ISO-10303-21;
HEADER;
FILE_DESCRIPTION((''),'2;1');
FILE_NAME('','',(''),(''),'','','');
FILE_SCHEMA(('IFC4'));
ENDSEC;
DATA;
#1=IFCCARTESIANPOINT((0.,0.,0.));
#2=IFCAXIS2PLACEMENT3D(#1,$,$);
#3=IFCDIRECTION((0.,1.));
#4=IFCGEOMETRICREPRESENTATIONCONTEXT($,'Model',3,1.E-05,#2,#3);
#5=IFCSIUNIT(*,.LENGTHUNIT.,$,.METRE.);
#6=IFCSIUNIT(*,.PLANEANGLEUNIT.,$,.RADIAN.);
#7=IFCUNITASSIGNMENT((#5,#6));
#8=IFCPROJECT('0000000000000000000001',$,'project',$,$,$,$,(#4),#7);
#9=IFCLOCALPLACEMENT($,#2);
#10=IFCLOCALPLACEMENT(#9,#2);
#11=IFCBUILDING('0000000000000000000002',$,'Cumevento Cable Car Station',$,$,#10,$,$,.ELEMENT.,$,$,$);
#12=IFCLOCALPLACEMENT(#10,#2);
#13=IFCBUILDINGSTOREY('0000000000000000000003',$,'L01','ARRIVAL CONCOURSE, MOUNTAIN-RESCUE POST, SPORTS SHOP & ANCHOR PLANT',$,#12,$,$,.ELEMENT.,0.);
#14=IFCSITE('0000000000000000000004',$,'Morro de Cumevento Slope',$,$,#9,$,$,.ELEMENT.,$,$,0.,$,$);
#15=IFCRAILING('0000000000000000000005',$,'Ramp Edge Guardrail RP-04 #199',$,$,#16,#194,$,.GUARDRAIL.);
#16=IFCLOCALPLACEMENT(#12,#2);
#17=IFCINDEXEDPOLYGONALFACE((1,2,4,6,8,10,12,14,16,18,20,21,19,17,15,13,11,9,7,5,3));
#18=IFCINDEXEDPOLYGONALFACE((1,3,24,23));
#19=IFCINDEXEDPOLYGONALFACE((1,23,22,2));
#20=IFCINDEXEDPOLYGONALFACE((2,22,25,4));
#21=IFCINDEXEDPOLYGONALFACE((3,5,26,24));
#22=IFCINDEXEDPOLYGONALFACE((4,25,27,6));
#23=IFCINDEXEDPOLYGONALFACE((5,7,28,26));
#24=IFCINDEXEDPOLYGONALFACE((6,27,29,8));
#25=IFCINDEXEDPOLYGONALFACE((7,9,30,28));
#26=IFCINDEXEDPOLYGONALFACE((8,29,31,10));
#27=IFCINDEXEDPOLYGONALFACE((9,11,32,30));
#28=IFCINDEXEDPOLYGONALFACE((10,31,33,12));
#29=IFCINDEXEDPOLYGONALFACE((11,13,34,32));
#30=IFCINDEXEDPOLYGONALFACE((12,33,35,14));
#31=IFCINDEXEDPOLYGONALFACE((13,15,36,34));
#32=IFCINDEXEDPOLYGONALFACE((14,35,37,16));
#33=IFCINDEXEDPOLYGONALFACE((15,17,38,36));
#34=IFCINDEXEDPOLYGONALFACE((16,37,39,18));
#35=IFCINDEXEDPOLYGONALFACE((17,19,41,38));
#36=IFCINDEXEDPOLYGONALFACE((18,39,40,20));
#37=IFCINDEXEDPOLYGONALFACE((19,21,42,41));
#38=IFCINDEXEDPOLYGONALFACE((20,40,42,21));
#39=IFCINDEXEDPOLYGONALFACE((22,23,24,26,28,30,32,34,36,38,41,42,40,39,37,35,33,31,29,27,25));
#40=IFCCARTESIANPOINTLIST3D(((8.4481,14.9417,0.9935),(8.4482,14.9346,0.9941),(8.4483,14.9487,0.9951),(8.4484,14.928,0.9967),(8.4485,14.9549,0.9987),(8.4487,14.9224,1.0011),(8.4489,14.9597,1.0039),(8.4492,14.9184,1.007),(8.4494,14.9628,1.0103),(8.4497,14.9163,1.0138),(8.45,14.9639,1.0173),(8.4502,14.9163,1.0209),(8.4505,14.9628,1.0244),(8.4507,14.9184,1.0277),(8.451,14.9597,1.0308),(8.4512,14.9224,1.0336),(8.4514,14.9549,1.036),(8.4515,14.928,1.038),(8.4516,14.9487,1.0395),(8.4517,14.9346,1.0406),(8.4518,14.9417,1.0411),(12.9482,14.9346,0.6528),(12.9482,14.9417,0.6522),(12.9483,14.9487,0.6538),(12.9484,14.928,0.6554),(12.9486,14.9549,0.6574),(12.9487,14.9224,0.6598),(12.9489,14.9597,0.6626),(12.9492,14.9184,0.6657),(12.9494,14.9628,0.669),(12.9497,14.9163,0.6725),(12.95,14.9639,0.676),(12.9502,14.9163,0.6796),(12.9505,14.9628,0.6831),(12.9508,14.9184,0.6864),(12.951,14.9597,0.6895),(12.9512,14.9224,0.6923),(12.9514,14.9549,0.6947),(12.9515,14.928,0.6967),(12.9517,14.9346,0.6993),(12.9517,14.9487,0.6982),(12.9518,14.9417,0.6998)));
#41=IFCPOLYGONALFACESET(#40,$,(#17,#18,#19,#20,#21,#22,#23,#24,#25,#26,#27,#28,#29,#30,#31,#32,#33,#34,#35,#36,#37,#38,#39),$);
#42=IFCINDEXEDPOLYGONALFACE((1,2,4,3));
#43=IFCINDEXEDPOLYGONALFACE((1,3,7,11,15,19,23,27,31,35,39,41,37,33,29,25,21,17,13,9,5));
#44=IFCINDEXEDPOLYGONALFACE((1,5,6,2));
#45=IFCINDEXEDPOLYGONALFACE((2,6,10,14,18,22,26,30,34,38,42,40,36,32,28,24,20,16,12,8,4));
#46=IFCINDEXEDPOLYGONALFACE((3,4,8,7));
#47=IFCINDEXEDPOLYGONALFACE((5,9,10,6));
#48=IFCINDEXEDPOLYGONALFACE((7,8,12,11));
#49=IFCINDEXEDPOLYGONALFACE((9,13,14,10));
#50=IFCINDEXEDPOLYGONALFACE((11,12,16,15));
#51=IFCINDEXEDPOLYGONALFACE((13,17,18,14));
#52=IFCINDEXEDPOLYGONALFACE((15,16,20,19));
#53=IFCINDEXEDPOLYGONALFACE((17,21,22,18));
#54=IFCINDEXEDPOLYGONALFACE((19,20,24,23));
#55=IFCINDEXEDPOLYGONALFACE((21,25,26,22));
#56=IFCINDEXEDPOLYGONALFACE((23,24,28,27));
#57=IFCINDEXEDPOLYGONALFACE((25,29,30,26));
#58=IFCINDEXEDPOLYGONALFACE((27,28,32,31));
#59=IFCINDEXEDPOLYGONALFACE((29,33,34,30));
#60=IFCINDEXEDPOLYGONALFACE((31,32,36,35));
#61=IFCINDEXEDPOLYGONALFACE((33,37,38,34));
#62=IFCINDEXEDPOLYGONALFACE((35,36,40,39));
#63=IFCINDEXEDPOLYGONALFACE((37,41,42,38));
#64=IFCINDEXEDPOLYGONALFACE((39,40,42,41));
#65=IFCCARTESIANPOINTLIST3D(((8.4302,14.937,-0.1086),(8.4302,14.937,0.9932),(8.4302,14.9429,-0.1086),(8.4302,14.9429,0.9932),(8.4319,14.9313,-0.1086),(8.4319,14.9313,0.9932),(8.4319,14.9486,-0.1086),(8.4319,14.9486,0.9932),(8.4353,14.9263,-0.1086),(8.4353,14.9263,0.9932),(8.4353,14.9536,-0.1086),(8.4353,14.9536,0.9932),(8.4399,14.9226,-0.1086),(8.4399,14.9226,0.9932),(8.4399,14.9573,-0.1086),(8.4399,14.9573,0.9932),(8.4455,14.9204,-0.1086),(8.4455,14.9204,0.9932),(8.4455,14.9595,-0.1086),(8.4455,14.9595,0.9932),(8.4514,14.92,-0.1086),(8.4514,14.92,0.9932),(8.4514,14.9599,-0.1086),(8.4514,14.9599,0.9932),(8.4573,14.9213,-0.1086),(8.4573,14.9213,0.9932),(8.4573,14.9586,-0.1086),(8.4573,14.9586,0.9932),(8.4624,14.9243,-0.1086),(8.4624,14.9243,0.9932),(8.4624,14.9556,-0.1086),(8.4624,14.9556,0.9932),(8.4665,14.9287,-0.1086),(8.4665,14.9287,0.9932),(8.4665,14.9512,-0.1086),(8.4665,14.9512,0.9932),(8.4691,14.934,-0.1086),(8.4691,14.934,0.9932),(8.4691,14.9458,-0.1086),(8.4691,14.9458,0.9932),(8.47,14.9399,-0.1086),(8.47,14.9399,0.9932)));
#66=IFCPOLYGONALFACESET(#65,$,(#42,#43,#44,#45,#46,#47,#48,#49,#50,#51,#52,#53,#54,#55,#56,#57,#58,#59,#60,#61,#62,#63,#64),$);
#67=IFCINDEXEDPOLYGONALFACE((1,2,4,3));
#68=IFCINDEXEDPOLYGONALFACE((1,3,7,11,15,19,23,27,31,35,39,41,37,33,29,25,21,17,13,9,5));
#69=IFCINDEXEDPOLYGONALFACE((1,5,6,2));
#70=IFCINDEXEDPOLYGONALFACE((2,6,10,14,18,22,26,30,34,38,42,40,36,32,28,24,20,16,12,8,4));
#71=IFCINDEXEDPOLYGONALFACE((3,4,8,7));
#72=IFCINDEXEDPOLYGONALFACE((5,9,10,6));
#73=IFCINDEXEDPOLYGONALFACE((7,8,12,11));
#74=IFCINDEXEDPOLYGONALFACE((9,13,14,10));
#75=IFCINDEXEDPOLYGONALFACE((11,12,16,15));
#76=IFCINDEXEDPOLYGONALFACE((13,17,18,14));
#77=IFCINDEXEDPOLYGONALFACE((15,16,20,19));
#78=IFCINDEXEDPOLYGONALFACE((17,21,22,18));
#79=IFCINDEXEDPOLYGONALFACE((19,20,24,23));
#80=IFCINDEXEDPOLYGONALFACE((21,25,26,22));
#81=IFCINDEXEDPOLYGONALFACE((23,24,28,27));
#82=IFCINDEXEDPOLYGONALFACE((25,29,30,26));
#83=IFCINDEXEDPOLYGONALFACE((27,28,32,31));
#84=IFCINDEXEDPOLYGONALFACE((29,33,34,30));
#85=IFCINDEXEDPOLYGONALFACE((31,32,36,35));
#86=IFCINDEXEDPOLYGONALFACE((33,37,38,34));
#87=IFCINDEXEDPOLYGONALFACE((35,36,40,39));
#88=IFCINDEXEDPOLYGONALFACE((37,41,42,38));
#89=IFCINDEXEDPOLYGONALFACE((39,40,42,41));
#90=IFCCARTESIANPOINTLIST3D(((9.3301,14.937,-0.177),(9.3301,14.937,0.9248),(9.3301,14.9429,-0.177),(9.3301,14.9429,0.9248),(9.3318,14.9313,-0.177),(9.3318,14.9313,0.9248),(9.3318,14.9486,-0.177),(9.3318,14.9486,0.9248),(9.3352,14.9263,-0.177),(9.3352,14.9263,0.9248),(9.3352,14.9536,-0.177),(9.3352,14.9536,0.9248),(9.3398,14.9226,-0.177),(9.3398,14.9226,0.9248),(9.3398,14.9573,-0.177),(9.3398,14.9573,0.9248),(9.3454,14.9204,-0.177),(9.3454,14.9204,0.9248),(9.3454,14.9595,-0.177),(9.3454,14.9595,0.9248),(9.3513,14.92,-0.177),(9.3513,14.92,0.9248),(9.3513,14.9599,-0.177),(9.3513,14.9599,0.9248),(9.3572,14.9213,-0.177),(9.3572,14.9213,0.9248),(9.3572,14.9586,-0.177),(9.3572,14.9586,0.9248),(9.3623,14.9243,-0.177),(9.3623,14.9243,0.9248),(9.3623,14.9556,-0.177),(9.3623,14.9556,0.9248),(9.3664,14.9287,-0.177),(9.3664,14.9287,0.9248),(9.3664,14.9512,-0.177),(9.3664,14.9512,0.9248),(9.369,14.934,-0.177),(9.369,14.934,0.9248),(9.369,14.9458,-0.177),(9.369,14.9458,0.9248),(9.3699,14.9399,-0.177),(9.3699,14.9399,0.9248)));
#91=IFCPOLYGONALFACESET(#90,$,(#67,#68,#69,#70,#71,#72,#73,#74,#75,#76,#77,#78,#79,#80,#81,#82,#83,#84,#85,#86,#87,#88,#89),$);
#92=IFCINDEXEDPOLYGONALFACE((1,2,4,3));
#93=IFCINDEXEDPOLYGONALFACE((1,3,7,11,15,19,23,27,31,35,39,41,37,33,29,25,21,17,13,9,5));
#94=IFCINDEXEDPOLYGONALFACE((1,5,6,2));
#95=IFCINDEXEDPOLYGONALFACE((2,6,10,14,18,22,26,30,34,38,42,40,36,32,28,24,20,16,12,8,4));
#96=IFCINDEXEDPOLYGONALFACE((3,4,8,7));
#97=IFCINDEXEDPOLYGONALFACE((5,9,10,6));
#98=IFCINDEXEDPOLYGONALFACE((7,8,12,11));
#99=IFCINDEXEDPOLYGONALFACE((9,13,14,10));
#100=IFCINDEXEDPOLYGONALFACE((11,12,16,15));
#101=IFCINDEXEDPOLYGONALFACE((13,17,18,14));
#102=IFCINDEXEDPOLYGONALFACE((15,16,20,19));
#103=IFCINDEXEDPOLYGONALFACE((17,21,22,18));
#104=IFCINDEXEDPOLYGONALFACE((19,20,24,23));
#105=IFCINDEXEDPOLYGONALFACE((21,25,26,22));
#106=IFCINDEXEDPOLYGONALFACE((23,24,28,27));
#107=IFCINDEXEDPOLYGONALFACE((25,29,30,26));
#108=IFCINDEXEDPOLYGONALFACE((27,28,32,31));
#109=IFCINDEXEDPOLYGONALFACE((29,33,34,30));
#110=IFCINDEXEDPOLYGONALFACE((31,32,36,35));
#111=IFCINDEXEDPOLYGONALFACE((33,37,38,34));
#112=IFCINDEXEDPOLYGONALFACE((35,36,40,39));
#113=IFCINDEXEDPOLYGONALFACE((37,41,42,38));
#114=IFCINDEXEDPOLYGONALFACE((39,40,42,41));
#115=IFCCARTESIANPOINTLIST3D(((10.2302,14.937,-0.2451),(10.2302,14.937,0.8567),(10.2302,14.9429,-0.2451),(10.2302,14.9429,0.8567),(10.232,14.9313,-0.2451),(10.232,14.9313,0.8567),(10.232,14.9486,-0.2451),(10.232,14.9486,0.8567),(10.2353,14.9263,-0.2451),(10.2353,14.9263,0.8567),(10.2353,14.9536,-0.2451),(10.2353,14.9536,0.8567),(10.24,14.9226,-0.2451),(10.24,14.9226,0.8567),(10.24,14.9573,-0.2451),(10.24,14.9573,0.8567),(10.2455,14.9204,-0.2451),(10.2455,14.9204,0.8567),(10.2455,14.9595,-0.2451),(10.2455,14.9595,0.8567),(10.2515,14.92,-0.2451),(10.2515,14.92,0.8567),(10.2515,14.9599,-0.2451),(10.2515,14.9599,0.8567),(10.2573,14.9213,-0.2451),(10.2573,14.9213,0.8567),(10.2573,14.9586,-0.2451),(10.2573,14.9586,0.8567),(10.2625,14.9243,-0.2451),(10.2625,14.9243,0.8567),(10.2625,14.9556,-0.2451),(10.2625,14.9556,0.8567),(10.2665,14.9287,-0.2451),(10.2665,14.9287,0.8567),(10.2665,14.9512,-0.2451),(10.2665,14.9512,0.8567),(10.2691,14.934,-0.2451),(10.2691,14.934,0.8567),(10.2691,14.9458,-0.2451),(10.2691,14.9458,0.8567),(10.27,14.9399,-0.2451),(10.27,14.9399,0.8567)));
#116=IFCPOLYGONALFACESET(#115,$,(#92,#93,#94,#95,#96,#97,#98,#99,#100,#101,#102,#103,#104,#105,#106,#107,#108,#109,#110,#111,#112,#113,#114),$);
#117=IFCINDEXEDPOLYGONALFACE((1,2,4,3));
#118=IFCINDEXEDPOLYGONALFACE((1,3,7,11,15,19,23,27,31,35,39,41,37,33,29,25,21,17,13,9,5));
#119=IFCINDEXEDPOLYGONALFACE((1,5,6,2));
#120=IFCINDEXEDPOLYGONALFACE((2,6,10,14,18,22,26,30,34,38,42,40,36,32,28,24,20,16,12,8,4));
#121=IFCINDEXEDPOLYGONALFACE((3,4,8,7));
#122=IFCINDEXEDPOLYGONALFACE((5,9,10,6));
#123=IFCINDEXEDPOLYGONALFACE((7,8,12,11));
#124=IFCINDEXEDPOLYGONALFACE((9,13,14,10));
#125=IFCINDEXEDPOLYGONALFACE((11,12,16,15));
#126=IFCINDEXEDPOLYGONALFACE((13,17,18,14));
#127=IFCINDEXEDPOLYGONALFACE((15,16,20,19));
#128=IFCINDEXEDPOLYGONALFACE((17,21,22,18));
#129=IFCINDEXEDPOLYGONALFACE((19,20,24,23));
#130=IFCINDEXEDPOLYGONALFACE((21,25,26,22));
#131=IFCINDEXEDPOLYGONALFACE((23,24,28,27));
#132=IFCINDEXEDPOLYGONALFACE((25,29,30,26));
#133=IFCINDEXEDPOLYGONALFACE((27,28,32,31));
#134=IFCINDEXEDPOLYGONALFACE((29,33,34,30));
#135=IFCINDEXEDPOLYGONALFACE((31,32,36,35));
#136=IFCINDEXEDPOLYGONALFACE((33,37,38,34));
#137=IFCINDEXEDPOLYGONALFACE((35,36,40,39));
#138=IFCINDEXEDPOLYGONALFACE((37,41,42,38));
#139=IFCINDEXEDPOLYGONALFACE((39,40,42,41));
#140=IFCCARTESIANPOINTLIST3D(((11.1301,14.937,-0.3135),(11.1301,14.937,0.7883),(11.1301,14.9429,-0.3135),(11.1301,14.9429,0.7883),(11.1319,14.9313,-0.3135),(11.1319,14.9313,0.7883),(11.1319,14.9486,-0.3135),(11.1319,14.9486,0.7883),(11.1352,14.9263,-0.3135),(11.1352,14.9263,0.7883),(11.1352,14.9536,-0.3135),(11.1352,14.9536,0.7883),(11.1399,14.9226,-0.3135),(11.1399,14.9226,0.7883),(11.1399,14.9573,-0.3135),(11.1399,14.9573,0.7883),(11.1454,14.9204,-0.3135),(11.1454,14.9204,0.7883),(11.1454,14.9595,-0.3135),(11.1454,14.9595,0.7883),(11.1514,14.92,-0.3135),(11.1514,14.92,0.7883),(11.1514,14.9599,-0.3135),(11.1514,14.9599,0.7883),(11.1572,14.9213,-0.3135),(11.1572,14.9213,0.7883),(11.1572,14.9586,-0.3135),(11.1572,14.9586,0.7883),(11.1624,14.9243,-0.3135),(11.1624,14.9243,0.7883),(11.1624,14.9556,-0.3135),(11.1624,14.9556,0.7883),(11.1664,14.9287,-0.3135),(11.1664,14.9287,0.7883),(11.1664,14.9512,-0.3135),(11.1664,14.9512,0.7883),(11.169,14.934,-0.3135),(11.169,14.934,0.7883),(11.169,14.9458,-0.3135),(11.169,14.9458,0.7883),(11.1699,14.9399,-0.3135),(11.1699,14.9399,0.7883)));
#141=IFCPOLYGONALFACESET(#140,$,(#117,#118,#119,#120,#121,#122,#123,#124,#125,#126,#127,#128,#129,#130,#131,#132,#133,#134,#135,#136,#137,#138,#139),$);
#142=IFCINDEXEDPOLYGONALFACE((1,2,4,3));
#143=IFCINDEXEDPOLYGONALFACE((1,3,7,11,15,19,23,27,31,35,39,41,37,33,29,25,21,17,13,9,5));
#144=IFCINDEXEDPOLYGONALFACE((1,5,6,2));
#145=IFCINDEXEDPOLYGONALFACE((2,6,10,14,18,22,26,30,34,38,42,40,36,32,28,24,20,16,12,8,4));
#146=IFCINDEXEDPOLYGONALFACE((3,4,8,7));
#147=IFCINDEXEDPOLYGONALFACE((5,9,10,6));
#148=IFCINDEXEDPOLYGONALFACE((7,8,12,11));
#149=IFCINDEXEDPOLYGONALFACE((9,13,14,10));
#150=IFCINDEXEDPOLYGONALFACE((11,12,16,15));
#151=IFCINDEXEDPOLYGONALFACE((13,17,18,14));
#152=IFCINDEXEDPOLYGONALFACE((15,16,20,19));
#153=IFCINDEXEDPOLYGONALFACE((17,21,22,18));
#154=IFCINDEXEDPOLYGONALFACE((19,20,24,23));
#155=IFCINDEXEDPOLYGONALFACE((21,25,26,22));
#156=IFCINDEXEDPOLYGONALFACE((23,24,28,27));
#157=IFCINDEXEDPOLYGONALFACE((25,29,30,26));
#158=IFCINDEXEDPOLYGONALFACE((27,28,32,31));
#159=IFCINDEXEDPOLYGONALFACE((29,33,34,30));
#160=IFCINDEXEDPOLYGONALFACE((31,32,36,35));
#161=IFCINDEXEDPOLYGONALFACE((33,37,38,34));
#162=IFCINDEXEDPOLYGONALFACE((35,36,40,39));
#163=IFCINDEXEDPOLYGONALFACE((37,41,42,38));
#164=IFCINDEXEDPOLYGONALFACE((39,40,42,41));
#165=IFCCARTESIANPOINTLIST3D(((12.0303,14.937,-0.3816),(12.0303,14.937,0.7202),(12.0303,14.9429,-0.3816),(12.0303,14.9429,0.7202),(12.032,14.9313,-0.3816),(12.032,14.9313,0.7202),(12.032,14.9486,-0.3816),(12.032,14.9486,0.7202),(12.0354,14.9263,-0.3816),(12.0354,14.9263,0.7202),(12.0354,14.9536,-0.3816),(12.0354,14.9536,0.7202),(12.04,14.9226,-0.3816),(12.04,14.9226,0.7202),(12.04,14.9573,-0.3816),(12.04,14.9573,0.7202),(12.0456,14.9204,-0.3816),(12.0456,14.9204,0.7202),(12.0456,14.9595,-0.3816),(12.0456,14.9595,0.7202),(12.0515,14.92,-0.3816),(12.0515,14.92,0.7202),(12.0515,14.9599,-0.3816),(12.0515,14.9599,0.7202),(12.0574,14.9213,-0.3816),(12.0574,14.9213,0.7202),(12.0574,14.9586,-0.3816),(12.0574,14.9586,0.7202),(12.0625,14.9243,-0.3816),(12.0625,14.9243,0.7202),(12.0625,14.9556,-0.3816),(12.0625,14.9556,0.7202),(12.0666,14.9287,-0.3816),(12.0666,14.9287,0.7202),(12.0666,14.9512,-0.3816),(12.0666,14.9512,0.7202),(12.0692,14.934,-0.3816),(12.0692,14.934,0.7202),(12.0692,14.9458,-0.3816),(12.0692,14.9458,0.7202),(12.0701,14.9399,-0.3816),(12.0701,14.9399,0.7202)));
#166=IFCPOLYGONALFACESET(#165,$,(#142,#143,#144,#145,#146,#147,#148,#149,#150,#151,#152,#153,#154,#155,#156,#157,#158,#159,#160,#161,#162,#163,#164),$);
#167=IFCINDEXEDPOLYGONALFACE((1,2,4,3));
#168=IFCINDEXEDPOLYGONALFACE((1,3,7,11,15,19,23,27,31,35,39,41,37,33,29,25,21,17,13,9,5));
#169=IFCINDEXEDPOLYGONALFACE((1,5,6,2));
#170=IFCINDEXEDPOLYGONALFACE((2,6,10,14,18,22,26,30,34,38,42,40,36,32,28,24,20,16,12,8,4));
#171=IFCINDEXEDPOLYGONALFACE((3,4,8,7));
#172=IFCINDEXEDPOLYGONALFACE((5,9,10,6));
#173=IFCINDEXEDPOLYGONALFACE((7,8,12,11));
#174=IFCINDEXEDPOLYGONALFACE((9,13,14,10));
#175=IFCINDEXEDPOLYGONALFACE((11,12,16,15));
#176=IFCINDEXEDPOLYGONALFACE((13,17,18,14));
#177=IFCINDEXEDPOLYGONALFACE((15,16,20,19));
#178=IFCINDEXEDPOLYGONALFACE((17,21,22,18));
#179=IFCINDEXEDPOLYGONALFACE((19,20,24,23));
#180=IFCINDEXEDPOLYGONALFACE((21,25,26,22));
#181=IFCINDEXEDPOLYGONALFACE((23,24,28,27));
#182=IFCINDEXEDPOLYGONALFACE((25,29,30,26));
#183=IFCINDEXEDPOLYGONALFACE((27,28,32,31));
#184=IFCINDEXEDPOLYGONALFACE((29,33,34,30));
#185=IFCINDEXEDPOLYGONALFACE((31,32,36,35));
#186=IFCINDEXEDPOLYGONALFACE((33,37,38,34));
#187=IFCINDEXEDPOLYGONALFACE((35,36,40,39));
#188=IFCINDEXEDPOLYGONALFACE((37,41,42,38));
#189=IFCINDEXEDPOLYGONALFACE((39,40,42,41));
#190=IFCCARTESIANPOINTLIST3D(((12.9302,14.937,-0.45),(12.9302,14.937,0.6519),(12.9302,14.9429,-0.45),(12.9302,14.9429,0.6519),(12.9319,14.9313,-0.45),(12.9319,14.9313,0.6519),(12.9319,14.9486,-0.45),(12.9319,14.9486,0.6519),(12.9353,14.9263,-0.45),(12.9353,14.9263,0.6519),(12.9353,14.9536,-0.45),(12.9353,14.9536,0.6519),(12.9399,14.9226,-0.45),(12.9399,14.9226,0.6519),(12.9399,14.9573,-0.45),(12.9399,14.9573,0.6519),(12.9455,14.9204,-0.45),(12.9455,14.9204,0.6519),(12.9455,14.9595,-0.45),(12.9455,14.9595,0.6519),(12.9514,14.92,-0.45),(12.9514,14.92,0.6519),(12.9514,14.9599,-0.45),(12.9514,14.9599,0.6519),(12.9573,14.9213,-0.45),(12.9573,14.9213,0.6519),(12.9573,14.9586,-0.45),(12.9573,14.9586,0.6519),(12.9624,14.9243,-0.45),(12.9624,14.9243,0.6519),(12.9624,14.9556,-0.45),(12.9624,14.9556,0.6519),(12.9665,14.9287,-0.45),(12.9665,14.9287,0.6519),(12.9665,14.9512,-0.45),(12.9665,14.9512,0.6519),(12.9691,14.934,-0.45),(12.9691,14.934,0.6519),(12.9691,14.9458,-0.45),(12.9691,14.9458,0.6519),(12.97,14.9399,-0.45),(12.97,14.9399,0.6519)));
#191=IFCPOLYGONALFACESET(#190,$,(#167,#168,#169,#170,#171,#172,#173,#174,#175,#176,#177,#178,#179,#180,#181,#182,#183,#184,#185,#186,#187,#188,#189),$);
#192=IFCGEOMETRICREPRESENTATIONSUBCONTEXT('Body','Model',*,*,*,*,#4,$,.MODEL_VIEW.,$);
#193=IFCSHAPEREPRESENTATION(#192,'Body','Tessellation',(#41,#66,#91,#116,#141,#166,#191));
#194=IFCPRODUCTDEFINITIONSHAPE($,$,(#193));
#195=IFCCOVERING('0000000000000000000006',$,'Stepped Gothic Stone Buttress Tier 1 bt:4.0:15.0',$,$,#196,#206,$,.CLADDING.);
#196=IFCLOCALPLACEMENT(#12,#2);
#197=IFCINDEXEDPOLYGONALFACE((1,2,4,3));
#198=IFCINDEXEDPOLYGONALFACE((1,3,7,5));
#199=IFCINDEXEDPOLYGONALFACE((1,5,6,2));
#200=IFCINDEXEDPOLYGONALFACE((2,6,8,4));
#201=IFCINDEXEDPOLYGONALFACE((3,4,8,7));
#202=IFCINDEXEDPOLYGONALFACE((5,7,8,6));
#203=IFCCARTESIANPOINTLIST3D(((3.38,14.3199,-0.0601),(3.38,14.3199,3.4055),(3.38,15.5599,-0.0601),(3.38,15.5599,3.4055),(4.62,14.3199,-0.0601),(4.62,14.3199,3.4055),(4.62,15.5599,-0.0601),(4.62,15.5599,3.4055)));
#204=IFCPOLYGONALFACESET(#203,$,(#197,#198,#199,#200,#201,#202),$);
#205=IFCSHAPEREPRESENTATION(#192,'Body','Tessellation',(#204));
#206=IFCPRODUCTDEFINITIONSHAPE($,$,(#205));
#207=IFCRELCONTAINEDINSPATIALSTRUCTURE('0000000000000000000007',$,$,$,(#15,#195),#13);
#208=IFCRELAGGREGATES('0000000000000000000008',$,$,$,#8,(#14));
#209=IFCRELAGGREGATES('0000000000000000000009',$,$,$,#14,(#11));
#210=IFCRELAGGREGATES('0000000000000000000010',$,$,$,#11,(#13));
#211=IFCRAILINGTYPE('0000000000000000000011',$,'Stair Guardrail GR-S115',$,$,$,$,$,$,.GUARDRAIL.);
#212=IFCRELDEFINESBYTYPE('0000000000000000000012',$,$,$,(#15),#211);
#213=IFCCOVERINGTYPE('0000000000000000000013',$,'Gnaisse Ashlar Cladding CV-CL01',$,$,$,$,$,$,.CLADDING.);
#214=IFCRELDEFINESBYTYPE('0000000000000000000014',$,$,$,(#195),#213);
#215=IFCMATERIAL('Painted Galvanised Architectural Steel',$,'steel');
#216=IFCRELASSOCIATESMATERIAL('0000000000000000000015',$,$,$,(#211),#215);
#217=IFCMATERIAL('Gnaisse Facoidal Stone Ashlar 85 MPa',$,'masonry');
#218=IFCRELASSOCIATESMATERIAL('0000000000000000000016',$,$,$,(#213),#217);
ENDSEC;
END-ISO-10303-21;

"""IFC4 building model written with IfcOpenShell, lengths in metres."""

from ifc_helpers import new_model, si_unit, direction, frame, origin, origin_2d, place, context, subcontext, project, spatial, rectangle, circle, extrude, material, type_object, element, save


model = new_model("IFC4")

# Units and contexts
model_context = context("Model", 3, precision=1e-05, world=origin(), true_north=direction((0.0, 1.0)))
body_context = subcontext(model_context, "Body", "Model", "MODEL_VIEW")
ifc_project = project(units=[si_unit("LENGTHUNIT", "METRE"), si_unit("PLANEANGLEUNIT", "RADIAN")], contexts=[model_context])

# Site, building, storey
site_placement = place(None, origin())
site = spatial("IfcSite", under=ifc_project, at=site_placement, Name="Morro de Cumevento Slope", CompositionType="ELEMENT", RefElevation=0.0)
building_placement = place(site_placement, origin())
building = spatial("IfcBuilding", under=site, at=building_placement, Name="Cumevento Cable Car Station", CompositionType="ELEMENT")
storey_placement = place(building_placement, origin())
storey = spatial("IfcBuildingStorey", under=building, at=storey_placement, Name="L01", Description="ARRIVAL CONCOURSE, MOUNTAIN-RESCUE POST, SPORTS SHOP & ANCHOR PLANT", CompositionType="ELEMENT", Elevation=0.0)

# Railing
ifc_material_1 = material(Name="Painted Galvanised Architectural Steel", Category="steel")
railing_type = type_object("IfcRailingType", Name="Stair Guardrail GR-S115", PredefinedType="GUARDRAIL", material=ifc_material_1)
railing_1_placement = place(storey_placement, frame((8.45, 14.9399, -0.1086)))
element("IfcRailing", 1, at=railing_1_placement, inside=storey, type_object=railing_type, Name="Ramp Edge Guardrail RP-04 #199", PredefinedType="GUARDRAIL", context=body_context, shape_type="SweptSolid", body=[
    extrude(circle(Radius=0.0239, at=origin_2d()), frame((0.0, 0.0, 1.126), z_axis=(0.997136, 0.0, -0.075629), x_axis=(0.0, 1.0, 0.0)), (0.0, 0.0, 1.0), 4.5129),
    extrude(circle(Radius=0.02, at=origin_2d()), origin(), (0.0, 0.0, 1.0), 1.1018),
    extrude(circle(Radius=0.02, at=origin_2d()), frame((0.8999, 0.0, -0.0684)), (0.0, 0.0, 1.0), 1.1018),
    extrude(circle(Radius=0.02, at=origin_2d()), frame((1.8, 0.0, -0.1365)), (0.0, 0.0, 1.0), 1.1018),
    extrude(circle(Radius=0.02, at=origin_2d()), frame((2.7, 0.0, -0.2048)), (0.0, 0.0, 1.0), 1.1018),
    extrude(circle(Radius=0.02, at=origin_2d()), frame((3.6001, 0.0, -0.2729)), (0.0, 0.0, 1.0), 1.1018),
    extrude(circle(Radius=0.02, at=origin_2d()), frame((4.5, 0.0, -0.3413)), (0.0, 0.0, 1.0), 1.1018),
])

# Covering
ifc_material_2 = material(Name="Gnaisse Facoidal Stone Ashlar 85 MPa", Category="masonry")
covering_type = type_object("IfcCoveringType", Name="Gnaisse Ashlar Cladding CV-CL01", PredefinedType="CLADDING", material=ifc_material_2)
covering_1_placement = place(storey_placement, frame((4.0, 14.9399, -0.0601), z_axis=(0.0, 0.0, 1.0), x_axis=(1.0, 0.0, 0.0)))
element("IfcCovering", 2, at=covering_1_placement, inside=storey, type_object=covering_type, Name="Stepped Gothic Stone Buttress Tier 1 bt:4.0:15.0", PredefinedType="CLADDING", context=body_context, shape_type="SweptSolid", body=[
    extrude(rectangle(XDim=1.24, YDim=1.24, at=origin_2d()), origin(), (0.0, 0.0, 1.0), 3.4656),
])

save(model, "model.ifc")
